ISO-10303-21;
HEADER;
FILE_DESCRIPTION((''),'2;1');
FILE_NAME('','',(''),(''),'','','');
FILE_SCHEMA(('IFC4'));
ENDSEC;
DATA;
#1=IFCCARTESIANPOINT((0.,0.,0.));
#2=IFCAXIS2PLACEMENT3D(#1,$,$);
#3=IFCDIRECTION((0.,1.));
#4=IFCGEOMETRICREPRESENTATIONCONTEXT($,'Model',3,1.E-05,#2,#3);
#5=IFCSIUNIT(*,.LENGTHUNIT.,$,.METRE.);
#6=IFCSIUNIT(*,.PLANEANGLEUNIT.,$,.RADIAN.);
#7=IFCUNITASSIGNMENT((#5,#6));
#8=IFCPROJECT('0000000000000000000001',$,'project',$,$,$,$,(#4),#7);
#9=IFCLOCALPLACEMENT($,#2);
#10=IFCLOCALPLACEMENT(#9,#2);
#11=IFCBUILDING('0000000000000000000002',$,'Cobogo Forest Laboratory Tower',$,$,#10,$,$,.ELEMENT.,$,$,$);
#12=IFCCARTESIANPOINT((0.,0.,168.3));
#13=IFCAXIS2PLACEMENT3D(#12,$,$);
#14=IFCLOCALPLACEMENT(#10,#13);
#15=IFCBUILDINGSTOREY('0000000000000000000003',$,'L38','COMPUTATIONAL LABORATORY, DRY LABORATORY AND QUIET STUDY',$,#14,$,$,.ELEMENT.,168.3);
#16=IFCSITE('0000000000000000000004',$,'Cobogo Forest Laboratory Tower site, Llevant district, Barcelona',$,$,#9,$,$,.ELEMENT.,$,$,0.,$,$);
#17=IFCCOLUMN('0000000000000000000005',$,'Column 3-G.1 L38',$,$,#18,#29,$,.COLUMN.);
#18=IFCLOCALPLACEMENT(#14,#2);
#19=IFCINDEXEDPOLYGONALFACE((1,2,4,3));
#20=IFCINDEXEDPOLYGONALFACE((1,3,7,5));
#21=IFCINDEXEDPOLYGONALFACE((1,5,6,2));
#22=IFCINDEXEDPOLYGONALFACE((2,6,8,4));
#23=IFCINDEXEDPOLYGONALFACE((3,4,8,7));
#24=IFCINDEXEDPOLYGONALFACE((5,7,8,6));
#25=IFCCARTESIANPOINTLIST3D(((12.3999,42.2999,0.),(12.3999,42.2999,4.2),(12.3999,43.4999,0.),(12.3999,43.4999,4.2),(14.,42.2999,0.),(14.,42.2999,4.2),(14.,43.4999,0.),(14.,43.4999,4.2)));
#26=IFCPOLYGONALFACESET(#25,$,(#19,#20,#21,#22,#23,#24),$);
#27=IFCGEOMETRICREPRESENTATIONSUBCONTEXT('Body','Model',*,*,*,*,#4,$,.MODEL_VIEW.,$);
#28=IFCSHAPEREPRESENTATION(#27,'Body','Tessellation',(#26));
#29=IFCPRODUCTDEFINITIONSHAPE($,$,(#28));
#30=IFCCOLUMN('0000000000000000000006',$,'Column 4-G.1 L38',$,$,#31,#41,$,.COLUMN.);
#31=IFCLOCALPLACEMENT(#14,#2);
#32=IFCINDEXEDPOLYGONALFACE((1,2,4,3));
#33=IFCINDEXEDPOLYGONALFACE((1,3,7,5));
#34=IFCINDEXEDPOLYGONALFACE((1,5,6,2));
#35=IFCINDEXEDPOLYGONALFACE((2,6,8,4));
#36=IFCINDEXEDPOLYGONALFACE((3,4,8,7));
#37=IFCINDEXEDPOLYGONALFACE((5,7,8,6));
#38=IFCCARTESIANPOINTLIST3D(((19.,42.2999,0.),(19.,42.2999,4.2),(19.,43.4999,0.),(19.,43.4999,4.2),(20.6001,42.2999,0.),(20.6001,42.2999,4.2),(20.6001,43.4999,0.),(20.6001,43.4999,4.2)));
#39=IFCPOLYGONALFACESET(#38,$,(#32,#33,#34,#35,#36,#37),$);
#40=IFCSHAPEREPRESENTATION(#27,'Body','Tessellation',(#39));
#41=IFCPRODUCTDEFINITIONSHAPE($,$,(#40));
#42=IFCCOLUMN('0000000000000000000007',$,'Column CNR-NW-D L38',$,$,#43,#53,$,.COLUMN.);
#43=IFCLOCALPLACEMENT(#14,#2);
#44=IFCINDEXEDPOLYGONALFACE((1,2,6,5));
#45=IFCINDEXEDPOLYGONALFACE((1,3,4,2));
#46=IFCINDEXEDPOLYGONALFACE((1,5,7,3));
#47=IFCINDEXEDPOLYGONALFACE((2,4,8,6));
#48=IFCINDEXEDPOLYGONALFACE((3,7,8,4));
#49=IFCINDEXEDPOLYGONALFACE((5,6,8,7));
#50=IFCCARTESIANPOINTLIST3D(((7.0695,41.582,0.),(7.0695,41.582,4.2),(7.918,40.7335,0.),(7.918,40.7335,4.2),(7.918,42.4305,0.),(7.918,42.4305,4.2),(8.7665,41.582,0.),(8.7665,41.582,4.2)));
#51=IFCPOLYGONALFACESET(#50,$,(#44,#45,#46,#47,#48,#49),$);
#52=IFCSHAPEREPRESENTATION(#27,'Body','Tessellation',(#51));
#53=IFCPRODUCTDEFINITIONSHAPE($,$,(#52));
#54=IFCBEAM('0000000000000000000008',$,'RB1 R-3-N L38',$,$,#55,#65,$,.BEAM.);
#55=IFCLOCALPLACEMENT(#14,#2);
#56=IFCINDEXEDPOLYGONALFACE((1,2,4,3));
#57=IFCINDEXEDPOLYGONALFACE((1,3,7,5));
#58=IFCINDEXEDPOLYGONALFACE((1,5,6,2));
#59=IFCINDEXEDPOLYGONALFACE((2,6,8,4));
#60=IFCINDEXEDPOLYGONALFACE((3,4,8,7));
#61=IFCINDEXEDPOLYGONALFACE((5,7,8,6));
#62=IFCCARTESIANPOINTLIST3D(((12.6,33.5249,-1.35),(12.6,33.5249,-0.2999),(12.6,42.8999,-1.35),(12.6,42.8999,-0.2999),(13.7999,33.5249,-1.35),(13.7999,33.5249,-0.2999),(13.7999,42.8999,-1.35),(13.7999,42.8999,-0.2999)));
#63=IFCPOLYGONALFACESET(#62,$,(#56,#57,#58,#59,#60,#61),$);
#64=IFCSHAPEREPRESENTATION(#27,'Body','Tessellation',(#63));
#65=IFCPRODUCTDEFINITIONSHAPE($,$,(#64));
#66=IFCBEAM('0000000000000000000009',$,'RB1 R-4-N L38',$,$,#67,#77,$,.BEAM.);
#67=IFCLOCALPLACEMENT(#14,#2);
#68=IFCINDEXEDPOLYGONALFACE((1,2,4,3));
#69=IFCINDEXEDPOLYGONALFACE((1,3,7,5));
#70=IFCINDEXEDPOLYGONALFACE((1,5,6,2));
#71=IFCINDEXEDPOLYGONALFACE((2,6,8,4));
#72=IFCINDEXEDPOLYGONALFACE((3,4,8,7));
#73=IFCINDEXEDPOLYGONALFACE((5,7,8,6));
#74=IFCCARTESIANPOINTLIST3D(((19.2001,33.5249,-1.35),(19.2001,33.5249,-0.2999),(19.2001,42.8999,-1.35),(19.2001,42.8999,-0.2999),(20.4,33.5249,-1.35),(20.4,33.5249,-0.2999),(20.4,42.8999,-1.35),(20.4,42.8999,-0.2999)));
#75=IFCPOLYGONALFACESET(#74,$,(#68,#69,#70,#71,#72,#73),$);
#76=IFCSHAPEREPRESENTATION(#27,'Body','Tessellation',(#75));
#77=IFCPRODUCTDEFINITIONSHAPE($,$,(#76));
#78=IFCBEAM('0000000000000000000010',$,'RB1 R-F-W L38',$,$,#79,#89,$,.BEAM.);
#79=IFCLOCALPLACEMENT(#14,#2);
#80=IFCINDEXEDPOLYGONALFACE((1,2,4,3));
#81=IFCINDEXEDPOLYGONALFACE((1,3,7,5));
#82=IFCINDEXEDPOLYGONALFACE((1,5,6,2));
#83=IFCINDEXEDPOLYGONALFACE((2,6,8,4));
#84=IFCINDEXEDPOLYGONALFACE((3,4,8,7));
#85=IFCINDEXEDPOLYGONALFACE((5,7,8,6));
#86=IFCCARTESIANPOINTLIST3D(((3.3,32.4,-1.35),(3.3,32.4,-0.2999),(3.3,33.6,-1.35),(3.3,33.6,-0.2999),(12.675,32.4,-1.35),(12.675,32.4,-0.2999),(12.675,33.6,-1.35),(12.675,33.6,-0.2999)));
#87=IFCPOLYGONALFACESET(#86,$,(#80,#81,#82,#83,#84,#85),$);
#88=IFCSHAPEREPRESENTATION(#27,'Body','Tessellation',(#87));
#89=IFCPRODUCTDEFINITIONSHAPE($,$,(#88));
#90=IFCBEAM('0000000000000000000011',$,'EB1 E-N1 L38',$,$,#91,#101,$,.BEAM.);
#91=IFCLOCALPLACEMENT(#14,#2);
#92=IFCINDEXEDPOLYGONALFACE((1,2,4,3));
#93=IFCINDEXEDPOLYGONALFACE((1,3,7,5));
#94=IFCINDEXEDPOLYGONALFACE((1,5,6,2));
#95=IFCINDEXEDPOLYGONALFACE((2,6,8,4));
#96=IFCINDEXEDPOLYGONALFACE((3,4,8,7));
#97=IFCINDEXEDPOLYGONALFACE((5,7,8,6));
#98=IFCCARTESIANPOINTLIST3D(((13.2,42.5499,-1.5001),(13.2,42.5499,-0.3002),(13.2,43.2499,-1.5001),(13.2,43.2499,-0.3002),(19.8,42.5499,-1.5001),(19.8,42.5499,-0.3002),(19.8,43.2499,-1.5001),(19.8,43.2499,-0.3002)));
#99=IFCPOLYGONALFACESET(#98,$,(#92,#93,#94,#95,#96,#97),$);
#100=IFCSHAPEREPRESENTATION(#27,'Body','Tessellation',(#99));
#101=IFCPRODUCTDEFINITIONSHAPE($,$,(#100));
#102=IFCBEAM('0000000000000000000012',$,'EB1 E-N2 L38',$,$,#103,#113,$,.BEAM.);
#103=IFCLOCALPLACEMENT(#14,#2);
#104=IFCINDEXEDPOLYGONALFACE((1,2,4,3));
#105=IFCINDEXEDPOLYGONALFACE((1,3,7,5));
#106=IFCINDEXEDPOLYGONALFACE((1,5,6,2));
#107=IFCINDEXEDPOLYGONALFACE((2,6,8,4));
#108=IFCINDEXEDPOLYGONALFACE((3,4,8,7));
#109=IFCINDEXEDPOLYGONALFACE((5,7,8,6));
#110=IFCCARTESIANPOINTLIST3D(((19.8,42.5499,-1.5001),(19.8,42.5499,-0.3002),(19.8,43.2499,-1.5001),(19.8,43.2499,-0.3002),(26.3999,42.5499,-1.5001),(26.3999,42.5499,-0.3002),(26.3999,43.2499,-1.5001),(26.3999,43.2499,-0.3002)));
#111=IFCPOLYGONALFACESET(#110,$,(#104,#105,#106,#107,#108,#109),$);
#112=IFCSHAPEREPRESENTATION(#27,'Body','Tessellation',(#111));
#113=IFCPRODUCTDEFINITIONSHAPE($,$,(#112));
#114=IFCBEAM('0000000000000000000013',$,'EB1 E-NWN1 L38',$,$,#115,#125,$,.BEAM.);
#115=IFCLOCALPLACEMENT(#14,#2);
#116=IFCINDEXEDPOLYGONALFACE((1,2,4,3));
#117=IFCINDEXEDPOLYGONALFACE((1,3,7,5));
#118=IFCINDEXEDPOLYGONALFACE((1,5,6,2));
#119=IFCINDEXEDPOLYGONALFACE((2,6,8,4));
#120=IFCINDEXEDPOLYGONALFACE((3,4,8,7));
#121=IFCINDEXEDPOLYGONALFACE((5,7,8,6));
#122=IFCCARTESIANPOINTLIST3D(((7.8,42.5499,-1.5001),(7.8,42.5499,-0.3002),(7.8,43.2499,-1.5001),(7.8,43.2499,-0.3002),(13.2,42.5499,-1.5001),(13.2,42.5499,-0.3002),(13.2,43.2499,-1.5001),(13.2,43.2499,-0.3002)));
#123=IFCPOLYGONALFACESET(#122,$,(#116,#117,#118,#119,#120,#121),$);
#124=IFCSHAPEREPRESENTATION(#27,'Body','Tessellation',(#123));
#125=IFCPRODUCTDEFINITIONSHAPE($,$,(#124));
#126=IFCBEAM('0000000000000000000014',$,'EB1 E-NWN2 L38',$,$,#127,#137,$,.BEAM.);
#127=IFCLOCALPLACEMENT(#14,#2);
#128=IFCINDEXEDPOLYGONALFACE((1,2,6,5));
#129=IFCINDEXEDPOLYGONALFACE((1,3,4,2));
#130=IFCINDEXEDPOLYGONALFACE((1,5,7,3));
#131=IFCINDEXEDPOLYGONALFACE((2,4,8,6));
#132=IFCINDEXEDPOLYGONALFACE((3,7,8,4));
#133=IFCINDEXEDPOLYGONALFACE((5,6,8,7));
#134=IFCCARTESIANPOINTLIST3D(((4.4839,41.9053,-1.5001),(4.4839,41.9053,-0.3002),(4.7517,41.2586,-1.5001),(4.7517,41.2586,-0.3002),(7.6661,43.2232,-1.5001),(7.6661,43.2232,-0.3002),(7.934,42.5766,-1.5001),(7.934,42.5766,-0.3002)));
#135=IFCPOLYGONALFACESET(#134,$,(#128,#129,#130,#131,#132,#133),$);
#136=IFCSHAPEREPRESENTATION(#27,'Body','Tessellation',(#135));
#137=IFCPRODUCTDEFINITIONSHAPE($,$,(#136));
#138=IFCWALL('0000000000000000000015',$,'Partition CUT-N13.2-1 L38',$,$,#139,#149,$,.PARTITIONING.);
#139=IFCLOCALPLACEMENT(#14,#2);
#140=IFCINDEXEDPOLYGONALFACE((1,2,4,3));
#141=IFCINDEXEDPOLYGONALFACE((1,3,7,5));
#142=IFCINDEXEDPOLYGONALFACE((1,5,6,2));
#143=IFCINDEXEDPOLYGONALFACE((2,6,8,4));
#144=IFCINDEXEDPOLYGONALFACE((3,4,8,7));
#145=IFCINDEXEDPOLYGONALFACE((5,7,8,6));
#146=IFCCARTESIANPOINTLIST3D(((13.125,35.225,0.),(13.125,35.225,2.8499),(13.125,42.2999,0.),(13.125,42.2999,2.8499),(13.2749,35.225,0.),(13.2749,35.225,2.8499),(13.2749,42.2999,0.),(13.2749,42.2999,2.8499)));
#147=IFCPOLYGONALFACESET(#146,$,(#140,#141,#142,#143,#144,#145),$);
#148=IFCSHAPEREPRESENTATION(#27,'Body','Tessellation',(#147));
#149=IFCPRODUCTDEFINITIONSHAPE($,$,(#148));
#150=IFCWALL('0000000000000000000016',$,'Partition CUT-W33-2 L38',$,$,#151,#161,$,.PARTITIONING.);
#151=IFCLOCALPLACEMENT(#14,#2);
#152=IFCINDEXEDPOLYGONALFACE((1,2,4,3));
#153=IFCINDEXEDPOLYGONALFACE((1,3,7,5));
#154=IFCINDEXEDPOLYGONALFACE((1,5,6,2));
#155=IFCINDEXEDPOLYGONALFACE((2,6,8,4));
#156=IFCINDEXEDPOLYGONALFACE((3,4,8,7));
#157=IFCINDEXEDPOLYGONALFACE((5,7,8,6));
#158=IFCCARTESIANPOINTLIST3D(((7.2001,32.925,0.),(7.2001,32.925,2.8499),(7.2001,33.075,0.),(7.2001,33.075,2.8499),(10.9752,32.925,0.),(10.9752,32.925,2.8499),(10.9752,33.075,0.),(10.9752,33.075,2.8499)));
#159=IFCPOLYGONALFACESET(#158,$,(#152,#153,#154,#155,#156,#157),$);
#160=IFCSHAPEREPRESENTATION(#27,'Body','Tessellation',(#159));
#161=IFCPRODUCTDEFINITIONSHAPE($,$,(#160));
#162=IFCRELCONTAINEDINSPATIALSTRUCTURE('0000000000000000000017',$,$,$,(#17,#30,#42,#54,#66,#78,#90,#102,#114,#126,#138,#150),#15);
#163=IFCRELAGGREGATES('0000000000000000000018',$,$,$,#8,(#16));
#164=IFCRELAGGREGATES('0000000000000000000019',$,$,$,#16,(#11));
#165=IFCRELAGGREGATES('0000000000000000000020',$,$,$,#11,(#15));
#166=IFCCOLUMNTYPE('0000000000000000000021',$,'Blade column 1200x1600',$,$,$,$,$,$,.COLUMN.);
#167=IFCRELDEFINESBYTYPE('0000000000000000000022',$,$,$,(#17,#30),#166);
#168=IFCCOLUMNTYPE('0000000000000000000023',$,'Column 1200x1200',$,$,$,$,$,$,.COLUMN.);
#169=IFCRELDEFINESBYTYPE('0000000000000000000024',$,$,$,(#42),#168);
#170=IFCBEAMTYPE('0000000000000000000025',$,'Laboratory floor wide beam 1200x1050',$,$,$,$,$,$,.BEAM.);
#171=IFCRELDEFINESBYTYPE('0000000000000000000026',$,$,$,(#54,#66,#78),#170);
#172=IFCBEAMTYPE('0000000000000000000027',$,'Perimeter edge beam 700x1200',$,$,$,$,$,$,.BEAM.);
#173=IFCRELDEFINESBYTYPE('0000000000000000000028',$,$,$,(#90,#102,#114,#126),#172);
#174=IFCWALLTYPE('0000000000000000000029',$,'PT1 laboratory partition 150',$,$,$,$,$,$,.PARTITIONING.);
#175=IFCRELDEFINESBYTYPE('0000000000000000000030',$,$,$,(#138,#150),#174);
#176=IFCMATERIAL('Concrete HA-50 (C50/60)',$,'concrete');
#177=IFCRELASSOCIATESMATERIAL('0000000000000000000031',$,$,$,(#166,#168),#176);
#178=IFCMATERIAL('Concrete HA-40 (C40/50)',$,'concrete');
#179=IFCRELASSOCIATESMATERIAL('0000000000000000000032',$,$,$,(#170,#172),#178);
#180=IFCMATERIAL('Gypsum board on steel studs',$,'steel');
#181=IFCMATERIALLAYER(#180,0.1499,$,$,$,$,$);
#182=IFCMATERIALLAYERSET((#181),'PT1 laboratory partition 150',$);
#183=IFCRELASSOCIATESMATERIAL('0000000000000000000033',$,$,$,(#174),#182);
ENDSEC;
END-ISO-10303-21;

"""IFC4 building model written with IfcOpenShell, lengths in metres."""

from ifc_helpers import new_model, si_unit, direction, frame, frame_2d, origin, origin_2d, place, context, subcontext, project, spatial, rectangle, extrude, material, layer, layer_set, material_profile, profile_set, type_object, element, save


model = new_model("IFC4")

# Units and contexts
model_context = context("Model", 3, precision=1e-05, world=origin(), true_north=direction((0.0, 1.0)))
body_context = subcontext(model_context, "Body", "Model", "MODEL_VIEW")
ifc_project = project(units=[si_unit("LENGTHUNIT", "METRE"), si_unit("PLANEANGLEUNIT", "RADIAN")], contexts=[model_context])

# Site, building, storey
site_placement = place(None, origin())
site = spatial("IfcSite", under=ifc_project, at=site_placement, Name="Cobogo Forest Laboratory Tower site, Llevant district, Barcelona", CompositionType="ELEMENT", RefElevation=0.0)
building_placement = place(site_placement, origin())
building = spatial("IfcBuilding", under=site, at=building_placement, Name="Cobogo Forest Laboratory Tower", CompositionType="ELEMENT")
storey_placement = place(building_placement, frame((0.0, 0.0, 168.3)))
storey = spatial("IfcBuildingStorey", under=building, at=storey_placement, Name="L38", Description="COMPUTATIONAL LABORATORY, DRY LABORATORY AND QUIET STUDY", CompositionType="ELEMENT", Elevation=168.3)

# Columns
ifc_material_1 = material(Name="Concrete HA-50 (C50/60)", Category="concrete")
ifc_material_profile_1 = material_profile(ifc_material_1, rectangle(XDim=1.6001, YDim=1.2, at=origin_2d()), Name="RC 1200x1600")
ifc_profile_set_1 = profile_set([ifc_material_profile_1], Name="Concrete HA-50 (C50/60)")
column_type_1 = type_object("IfcColumnType", Name="Blade column 1200x1600", PredefinedType="COLUMN", material=ifc_profile_set_1)
for number, where, z_axis, x_axis, name in (
    (1, (13.2, 42.8999, 0.0), (0.0, 0.0, 1.0), (1.0, 0.0, 0.0), "Column 3-G.1 L38"),
    (2, (19.8, 42.8999, 0.0), (0.0, 0.0, 1.0), (1.0, 0.0, 0.0), "Column 4-G.1 L38"),
):
    element("IfcColumn", number, at=place(storey_placement, frame(where, z_axis=z_axis, x_axis=x_axis)), inside=storey, type_object=column_type_1, Name=name, PredefinedType="COLUMN", context=body_context, shape_type="SweptSolid", body=[
        extrude(rectangle(XDim=1.6001, YDim=1.2, at=origin_2d()), origin(), (0.0, 0.0, 1.0), 4.2),
    ])
ifc_material_profile_2 = material_profile(ifc_material_1, rectangle(XDim=1.2, YDim=1.2, at=origin_2d()), Name="RC 1200x1200")
ifc_profile_set_2 = profile_set([ifc_material_profile_2], Name="Concrete HA-50 (C50/60)")
column_type_2 = type_object("IfcColumnType", Name="Column 1200x1200", PredefinedType="COLUMN", material=ifc_profile_set_2)
column_placement = place(storey_placement, frame((7.918, 41.582, 0.0), z_axis=(0.0, 0.0, 1.0), x_axis=(0.707107, 0.707107, 0.0)))
element("IfcColumn", 3, at=column_placement, inside=storey, type_object=column_type_2, Name="Column CNR-NW-D L38", PredefinedType="COLUMN", context=body_context, shape_type="SweptSolid", body=[
    extrude(rectangle(XDim=1.2, YDim=1.2, at=origin_2d()), origin(), (0.0, 0.0, 1.0), 4.2),
])

# Beams
ifc_material_2 = material(Name="Concrete HA-40 (C40/50)", Category="concrete")
ifc_material_profile_3 = material_profile(ifc_material_2, rectangle(XDim=1.2, YDim=1.05, at=origin_2d()), Name="RC 1200x1050")
ifc_profile_set_3 = profile_set([ifc_material_profile_3], Name="Concrete HA-40 (C40/50)")
beam_type_1 = type_object("IfcBeamType", Name="Laboratory floor wide beam 1200x1050", PredefinedType="BEAM", material=ifc_profile_set_3)
for number, where, z_axis, x_axis, name in (
    (4, (13.2, 33.5249, -0.825), (0.0, 1.0, 0.0), (-1.0, 0.0, 0.0), "RB1 R-3-N L38"),
    (5, (19.8, 33.5249, -0.825), (0.0, 1.0, 0.0), (-1.0, 0.0, 0.0), "RB1 R-4-N L38"),
    (6, (12.675, 33.0, -0.825), (-1.0, 0.0, 0.0), (0.0, -1.0, 0.0), "RB1 R-F-W L38"),
):
    element("IfcBeam", number, at=place(storey_placement, frame(where, z_axis=z_axis, x_axis=x_axis)), inside=storey, type_object=beam_type_1, Name=name, PredefinedType="BEAM", context=body_context, shape_type="SweptSolid", body=[
        extrude(rectangle(XDim=1.2, YDim=1.05, at=origin_2d()), origin(), (0.0, 0.0, 1.0), 9.375),
    ])
ifc_material_profile_4 = material_profile(ifc_material_2, rectangle(XDim=0.7, YDim=1.2, at=origin_2d()), Name="RC 700x1200")
ifc_profile_set_4 = profile_set([ifc_material_profile_4], Name="Concrete HA-40 (C40/50)")
beam_type_2 = type_object("IfcBeamType", Name="Perimeter edge beam 700x1200", PredefinedType="BEAM", material=ifc_profile_set_4)
beam_1_placement = place(storey_placement, frame((13.2, 42.8999, -0.9001), z_axis=(1.0, 0.0, 0.0), x_axis=(0.0, 1.0, 0.0)))
element("IfcBeam", 7, at=beam_1_placement, inside=storey, type_object=beam_type_2, Name="EB1 E-N1 L38", PredefinedType="BEAM", context=body_context, shape_type="SweptSolid", body=[
    extrude(rectangle(XDim=0.7, YDim=1.2, at=origin_2d()), origin(), (0.0, 0.0, 1.0), 6.6001),
])
beam_2_placement = place(storey_placement, frame((19.8, 42.8999, -0.9001), z_axis=(1.0, 0.0, 0.0), x_axis=(0.0, 1.0, 0.0)))
element("IfcBeam", 8, at=beam_2_placement, inside=storey, type_object=beam_type_2, Name="EB1 E-N2 L38", PredefinedType="BEAM", context=body_context, shape_type="SweptSolid", body=[
    extrude(rectangle(XDim=0.7, YDim=1.2, at=origin_2d()), origin(), (0.0, 0.0, 1.0), 6.5999),
])
beam_3_placement = place(storey_placement, frame((13.2, 42.8999, -0.9001), z_axis=(-1.0, 0.0, 0.0), x_axis=(0.0, -1.0, 0.0)))
element("IfcBeam", 9, at=beam_3_placement, inside=storey, type_object=beam_type_2, Name="EB1 E-NWN1 L38", PredefinedType="BEAM", context=body_context, shape_type="SweptSolid", body=[
    extrude(rectangle(XDim=0.7, YDim=1.2, at=origin_2d()), origin(), (0.0, 0.0, 1.0), 5.3999),
])
beam_4_placement = place(storey_placement, frame((7.8, 42.8999, -0.9001), z_axis=(-0.923901, -0.382631, 0.0), x_axis=(0.382631, -0.923901, 0.0)))
element("IfcBeam", 10, at=beam_4_placement, inside=storey, type_object=beam_type_2, Name="EB1 E-NWN2 L38", PredefinedType="BEAM", context=body_context, shape_type="SweptSolid", body=[
    extrude(rectangle(XDim=0.7, YDim=1.2, at=origin_2d()), origin(), (0.0, 0.0, 1.0), 3.4443),
])

# Walls
ifc_material_3 = material(Name="Gypsum board on steel studs", Category="steel")
ifc_layer_1 = layer(ifc_material_3, 0.1499)
ifc_layer_set_1 = layer_set([ifc_layer_1], Name="PT1 laboratory partition 150")
wall_type_1 = type_object("IfcWallType", Name="PT1 laboratory partition 150", PredefinedType="PARTITIONING", material=ifc_layer_set_1)
wall_1_placement = place(storey_placement, frame((13.2, 42.3, 0.0), z_axis=(0.0, 0.0, 1.0), x_axis=(0.0, -1.0, 0.0)))
element("IfcWall", 11, at=wall_1_placement, inside=storey, type_object=wall_type_1, Name="Partition CUT-N13.2-1 L38", PredefinedType="PARTITIONING", context=body_context, shape_type="SweptSolid", body=[
    extrude(rectangle(XDim=7.075, YDim=0.1499, at=frame_2d((3.5376, 0.0))), origin(), (0.0, 0.0, 1.0), 2.8499),
])
wall_2_placement = place(storey_placement, frame((7.2, 33.0, 0.0), z_axis=(0.0, 0.0, 1.0), x_axis=(1.0, 0.0, 0.0)))
element("IfcWall", 12, at=wall_2_placement, inside=storey, type_object=wall_type_1, Name="Partition CUT-W33-2 L38", PredefinedType="PARTITIONING", context=body_context, shape_type="SweptSolid", body=[
    extrude(rectangle(XDim=3.7751, YDim=0.1499, at=frame_2d((1.8877, 0.0))), origin(), (0.0, 0.0, 1.0), 2.8499),
])

save(model, "model.ifc")
